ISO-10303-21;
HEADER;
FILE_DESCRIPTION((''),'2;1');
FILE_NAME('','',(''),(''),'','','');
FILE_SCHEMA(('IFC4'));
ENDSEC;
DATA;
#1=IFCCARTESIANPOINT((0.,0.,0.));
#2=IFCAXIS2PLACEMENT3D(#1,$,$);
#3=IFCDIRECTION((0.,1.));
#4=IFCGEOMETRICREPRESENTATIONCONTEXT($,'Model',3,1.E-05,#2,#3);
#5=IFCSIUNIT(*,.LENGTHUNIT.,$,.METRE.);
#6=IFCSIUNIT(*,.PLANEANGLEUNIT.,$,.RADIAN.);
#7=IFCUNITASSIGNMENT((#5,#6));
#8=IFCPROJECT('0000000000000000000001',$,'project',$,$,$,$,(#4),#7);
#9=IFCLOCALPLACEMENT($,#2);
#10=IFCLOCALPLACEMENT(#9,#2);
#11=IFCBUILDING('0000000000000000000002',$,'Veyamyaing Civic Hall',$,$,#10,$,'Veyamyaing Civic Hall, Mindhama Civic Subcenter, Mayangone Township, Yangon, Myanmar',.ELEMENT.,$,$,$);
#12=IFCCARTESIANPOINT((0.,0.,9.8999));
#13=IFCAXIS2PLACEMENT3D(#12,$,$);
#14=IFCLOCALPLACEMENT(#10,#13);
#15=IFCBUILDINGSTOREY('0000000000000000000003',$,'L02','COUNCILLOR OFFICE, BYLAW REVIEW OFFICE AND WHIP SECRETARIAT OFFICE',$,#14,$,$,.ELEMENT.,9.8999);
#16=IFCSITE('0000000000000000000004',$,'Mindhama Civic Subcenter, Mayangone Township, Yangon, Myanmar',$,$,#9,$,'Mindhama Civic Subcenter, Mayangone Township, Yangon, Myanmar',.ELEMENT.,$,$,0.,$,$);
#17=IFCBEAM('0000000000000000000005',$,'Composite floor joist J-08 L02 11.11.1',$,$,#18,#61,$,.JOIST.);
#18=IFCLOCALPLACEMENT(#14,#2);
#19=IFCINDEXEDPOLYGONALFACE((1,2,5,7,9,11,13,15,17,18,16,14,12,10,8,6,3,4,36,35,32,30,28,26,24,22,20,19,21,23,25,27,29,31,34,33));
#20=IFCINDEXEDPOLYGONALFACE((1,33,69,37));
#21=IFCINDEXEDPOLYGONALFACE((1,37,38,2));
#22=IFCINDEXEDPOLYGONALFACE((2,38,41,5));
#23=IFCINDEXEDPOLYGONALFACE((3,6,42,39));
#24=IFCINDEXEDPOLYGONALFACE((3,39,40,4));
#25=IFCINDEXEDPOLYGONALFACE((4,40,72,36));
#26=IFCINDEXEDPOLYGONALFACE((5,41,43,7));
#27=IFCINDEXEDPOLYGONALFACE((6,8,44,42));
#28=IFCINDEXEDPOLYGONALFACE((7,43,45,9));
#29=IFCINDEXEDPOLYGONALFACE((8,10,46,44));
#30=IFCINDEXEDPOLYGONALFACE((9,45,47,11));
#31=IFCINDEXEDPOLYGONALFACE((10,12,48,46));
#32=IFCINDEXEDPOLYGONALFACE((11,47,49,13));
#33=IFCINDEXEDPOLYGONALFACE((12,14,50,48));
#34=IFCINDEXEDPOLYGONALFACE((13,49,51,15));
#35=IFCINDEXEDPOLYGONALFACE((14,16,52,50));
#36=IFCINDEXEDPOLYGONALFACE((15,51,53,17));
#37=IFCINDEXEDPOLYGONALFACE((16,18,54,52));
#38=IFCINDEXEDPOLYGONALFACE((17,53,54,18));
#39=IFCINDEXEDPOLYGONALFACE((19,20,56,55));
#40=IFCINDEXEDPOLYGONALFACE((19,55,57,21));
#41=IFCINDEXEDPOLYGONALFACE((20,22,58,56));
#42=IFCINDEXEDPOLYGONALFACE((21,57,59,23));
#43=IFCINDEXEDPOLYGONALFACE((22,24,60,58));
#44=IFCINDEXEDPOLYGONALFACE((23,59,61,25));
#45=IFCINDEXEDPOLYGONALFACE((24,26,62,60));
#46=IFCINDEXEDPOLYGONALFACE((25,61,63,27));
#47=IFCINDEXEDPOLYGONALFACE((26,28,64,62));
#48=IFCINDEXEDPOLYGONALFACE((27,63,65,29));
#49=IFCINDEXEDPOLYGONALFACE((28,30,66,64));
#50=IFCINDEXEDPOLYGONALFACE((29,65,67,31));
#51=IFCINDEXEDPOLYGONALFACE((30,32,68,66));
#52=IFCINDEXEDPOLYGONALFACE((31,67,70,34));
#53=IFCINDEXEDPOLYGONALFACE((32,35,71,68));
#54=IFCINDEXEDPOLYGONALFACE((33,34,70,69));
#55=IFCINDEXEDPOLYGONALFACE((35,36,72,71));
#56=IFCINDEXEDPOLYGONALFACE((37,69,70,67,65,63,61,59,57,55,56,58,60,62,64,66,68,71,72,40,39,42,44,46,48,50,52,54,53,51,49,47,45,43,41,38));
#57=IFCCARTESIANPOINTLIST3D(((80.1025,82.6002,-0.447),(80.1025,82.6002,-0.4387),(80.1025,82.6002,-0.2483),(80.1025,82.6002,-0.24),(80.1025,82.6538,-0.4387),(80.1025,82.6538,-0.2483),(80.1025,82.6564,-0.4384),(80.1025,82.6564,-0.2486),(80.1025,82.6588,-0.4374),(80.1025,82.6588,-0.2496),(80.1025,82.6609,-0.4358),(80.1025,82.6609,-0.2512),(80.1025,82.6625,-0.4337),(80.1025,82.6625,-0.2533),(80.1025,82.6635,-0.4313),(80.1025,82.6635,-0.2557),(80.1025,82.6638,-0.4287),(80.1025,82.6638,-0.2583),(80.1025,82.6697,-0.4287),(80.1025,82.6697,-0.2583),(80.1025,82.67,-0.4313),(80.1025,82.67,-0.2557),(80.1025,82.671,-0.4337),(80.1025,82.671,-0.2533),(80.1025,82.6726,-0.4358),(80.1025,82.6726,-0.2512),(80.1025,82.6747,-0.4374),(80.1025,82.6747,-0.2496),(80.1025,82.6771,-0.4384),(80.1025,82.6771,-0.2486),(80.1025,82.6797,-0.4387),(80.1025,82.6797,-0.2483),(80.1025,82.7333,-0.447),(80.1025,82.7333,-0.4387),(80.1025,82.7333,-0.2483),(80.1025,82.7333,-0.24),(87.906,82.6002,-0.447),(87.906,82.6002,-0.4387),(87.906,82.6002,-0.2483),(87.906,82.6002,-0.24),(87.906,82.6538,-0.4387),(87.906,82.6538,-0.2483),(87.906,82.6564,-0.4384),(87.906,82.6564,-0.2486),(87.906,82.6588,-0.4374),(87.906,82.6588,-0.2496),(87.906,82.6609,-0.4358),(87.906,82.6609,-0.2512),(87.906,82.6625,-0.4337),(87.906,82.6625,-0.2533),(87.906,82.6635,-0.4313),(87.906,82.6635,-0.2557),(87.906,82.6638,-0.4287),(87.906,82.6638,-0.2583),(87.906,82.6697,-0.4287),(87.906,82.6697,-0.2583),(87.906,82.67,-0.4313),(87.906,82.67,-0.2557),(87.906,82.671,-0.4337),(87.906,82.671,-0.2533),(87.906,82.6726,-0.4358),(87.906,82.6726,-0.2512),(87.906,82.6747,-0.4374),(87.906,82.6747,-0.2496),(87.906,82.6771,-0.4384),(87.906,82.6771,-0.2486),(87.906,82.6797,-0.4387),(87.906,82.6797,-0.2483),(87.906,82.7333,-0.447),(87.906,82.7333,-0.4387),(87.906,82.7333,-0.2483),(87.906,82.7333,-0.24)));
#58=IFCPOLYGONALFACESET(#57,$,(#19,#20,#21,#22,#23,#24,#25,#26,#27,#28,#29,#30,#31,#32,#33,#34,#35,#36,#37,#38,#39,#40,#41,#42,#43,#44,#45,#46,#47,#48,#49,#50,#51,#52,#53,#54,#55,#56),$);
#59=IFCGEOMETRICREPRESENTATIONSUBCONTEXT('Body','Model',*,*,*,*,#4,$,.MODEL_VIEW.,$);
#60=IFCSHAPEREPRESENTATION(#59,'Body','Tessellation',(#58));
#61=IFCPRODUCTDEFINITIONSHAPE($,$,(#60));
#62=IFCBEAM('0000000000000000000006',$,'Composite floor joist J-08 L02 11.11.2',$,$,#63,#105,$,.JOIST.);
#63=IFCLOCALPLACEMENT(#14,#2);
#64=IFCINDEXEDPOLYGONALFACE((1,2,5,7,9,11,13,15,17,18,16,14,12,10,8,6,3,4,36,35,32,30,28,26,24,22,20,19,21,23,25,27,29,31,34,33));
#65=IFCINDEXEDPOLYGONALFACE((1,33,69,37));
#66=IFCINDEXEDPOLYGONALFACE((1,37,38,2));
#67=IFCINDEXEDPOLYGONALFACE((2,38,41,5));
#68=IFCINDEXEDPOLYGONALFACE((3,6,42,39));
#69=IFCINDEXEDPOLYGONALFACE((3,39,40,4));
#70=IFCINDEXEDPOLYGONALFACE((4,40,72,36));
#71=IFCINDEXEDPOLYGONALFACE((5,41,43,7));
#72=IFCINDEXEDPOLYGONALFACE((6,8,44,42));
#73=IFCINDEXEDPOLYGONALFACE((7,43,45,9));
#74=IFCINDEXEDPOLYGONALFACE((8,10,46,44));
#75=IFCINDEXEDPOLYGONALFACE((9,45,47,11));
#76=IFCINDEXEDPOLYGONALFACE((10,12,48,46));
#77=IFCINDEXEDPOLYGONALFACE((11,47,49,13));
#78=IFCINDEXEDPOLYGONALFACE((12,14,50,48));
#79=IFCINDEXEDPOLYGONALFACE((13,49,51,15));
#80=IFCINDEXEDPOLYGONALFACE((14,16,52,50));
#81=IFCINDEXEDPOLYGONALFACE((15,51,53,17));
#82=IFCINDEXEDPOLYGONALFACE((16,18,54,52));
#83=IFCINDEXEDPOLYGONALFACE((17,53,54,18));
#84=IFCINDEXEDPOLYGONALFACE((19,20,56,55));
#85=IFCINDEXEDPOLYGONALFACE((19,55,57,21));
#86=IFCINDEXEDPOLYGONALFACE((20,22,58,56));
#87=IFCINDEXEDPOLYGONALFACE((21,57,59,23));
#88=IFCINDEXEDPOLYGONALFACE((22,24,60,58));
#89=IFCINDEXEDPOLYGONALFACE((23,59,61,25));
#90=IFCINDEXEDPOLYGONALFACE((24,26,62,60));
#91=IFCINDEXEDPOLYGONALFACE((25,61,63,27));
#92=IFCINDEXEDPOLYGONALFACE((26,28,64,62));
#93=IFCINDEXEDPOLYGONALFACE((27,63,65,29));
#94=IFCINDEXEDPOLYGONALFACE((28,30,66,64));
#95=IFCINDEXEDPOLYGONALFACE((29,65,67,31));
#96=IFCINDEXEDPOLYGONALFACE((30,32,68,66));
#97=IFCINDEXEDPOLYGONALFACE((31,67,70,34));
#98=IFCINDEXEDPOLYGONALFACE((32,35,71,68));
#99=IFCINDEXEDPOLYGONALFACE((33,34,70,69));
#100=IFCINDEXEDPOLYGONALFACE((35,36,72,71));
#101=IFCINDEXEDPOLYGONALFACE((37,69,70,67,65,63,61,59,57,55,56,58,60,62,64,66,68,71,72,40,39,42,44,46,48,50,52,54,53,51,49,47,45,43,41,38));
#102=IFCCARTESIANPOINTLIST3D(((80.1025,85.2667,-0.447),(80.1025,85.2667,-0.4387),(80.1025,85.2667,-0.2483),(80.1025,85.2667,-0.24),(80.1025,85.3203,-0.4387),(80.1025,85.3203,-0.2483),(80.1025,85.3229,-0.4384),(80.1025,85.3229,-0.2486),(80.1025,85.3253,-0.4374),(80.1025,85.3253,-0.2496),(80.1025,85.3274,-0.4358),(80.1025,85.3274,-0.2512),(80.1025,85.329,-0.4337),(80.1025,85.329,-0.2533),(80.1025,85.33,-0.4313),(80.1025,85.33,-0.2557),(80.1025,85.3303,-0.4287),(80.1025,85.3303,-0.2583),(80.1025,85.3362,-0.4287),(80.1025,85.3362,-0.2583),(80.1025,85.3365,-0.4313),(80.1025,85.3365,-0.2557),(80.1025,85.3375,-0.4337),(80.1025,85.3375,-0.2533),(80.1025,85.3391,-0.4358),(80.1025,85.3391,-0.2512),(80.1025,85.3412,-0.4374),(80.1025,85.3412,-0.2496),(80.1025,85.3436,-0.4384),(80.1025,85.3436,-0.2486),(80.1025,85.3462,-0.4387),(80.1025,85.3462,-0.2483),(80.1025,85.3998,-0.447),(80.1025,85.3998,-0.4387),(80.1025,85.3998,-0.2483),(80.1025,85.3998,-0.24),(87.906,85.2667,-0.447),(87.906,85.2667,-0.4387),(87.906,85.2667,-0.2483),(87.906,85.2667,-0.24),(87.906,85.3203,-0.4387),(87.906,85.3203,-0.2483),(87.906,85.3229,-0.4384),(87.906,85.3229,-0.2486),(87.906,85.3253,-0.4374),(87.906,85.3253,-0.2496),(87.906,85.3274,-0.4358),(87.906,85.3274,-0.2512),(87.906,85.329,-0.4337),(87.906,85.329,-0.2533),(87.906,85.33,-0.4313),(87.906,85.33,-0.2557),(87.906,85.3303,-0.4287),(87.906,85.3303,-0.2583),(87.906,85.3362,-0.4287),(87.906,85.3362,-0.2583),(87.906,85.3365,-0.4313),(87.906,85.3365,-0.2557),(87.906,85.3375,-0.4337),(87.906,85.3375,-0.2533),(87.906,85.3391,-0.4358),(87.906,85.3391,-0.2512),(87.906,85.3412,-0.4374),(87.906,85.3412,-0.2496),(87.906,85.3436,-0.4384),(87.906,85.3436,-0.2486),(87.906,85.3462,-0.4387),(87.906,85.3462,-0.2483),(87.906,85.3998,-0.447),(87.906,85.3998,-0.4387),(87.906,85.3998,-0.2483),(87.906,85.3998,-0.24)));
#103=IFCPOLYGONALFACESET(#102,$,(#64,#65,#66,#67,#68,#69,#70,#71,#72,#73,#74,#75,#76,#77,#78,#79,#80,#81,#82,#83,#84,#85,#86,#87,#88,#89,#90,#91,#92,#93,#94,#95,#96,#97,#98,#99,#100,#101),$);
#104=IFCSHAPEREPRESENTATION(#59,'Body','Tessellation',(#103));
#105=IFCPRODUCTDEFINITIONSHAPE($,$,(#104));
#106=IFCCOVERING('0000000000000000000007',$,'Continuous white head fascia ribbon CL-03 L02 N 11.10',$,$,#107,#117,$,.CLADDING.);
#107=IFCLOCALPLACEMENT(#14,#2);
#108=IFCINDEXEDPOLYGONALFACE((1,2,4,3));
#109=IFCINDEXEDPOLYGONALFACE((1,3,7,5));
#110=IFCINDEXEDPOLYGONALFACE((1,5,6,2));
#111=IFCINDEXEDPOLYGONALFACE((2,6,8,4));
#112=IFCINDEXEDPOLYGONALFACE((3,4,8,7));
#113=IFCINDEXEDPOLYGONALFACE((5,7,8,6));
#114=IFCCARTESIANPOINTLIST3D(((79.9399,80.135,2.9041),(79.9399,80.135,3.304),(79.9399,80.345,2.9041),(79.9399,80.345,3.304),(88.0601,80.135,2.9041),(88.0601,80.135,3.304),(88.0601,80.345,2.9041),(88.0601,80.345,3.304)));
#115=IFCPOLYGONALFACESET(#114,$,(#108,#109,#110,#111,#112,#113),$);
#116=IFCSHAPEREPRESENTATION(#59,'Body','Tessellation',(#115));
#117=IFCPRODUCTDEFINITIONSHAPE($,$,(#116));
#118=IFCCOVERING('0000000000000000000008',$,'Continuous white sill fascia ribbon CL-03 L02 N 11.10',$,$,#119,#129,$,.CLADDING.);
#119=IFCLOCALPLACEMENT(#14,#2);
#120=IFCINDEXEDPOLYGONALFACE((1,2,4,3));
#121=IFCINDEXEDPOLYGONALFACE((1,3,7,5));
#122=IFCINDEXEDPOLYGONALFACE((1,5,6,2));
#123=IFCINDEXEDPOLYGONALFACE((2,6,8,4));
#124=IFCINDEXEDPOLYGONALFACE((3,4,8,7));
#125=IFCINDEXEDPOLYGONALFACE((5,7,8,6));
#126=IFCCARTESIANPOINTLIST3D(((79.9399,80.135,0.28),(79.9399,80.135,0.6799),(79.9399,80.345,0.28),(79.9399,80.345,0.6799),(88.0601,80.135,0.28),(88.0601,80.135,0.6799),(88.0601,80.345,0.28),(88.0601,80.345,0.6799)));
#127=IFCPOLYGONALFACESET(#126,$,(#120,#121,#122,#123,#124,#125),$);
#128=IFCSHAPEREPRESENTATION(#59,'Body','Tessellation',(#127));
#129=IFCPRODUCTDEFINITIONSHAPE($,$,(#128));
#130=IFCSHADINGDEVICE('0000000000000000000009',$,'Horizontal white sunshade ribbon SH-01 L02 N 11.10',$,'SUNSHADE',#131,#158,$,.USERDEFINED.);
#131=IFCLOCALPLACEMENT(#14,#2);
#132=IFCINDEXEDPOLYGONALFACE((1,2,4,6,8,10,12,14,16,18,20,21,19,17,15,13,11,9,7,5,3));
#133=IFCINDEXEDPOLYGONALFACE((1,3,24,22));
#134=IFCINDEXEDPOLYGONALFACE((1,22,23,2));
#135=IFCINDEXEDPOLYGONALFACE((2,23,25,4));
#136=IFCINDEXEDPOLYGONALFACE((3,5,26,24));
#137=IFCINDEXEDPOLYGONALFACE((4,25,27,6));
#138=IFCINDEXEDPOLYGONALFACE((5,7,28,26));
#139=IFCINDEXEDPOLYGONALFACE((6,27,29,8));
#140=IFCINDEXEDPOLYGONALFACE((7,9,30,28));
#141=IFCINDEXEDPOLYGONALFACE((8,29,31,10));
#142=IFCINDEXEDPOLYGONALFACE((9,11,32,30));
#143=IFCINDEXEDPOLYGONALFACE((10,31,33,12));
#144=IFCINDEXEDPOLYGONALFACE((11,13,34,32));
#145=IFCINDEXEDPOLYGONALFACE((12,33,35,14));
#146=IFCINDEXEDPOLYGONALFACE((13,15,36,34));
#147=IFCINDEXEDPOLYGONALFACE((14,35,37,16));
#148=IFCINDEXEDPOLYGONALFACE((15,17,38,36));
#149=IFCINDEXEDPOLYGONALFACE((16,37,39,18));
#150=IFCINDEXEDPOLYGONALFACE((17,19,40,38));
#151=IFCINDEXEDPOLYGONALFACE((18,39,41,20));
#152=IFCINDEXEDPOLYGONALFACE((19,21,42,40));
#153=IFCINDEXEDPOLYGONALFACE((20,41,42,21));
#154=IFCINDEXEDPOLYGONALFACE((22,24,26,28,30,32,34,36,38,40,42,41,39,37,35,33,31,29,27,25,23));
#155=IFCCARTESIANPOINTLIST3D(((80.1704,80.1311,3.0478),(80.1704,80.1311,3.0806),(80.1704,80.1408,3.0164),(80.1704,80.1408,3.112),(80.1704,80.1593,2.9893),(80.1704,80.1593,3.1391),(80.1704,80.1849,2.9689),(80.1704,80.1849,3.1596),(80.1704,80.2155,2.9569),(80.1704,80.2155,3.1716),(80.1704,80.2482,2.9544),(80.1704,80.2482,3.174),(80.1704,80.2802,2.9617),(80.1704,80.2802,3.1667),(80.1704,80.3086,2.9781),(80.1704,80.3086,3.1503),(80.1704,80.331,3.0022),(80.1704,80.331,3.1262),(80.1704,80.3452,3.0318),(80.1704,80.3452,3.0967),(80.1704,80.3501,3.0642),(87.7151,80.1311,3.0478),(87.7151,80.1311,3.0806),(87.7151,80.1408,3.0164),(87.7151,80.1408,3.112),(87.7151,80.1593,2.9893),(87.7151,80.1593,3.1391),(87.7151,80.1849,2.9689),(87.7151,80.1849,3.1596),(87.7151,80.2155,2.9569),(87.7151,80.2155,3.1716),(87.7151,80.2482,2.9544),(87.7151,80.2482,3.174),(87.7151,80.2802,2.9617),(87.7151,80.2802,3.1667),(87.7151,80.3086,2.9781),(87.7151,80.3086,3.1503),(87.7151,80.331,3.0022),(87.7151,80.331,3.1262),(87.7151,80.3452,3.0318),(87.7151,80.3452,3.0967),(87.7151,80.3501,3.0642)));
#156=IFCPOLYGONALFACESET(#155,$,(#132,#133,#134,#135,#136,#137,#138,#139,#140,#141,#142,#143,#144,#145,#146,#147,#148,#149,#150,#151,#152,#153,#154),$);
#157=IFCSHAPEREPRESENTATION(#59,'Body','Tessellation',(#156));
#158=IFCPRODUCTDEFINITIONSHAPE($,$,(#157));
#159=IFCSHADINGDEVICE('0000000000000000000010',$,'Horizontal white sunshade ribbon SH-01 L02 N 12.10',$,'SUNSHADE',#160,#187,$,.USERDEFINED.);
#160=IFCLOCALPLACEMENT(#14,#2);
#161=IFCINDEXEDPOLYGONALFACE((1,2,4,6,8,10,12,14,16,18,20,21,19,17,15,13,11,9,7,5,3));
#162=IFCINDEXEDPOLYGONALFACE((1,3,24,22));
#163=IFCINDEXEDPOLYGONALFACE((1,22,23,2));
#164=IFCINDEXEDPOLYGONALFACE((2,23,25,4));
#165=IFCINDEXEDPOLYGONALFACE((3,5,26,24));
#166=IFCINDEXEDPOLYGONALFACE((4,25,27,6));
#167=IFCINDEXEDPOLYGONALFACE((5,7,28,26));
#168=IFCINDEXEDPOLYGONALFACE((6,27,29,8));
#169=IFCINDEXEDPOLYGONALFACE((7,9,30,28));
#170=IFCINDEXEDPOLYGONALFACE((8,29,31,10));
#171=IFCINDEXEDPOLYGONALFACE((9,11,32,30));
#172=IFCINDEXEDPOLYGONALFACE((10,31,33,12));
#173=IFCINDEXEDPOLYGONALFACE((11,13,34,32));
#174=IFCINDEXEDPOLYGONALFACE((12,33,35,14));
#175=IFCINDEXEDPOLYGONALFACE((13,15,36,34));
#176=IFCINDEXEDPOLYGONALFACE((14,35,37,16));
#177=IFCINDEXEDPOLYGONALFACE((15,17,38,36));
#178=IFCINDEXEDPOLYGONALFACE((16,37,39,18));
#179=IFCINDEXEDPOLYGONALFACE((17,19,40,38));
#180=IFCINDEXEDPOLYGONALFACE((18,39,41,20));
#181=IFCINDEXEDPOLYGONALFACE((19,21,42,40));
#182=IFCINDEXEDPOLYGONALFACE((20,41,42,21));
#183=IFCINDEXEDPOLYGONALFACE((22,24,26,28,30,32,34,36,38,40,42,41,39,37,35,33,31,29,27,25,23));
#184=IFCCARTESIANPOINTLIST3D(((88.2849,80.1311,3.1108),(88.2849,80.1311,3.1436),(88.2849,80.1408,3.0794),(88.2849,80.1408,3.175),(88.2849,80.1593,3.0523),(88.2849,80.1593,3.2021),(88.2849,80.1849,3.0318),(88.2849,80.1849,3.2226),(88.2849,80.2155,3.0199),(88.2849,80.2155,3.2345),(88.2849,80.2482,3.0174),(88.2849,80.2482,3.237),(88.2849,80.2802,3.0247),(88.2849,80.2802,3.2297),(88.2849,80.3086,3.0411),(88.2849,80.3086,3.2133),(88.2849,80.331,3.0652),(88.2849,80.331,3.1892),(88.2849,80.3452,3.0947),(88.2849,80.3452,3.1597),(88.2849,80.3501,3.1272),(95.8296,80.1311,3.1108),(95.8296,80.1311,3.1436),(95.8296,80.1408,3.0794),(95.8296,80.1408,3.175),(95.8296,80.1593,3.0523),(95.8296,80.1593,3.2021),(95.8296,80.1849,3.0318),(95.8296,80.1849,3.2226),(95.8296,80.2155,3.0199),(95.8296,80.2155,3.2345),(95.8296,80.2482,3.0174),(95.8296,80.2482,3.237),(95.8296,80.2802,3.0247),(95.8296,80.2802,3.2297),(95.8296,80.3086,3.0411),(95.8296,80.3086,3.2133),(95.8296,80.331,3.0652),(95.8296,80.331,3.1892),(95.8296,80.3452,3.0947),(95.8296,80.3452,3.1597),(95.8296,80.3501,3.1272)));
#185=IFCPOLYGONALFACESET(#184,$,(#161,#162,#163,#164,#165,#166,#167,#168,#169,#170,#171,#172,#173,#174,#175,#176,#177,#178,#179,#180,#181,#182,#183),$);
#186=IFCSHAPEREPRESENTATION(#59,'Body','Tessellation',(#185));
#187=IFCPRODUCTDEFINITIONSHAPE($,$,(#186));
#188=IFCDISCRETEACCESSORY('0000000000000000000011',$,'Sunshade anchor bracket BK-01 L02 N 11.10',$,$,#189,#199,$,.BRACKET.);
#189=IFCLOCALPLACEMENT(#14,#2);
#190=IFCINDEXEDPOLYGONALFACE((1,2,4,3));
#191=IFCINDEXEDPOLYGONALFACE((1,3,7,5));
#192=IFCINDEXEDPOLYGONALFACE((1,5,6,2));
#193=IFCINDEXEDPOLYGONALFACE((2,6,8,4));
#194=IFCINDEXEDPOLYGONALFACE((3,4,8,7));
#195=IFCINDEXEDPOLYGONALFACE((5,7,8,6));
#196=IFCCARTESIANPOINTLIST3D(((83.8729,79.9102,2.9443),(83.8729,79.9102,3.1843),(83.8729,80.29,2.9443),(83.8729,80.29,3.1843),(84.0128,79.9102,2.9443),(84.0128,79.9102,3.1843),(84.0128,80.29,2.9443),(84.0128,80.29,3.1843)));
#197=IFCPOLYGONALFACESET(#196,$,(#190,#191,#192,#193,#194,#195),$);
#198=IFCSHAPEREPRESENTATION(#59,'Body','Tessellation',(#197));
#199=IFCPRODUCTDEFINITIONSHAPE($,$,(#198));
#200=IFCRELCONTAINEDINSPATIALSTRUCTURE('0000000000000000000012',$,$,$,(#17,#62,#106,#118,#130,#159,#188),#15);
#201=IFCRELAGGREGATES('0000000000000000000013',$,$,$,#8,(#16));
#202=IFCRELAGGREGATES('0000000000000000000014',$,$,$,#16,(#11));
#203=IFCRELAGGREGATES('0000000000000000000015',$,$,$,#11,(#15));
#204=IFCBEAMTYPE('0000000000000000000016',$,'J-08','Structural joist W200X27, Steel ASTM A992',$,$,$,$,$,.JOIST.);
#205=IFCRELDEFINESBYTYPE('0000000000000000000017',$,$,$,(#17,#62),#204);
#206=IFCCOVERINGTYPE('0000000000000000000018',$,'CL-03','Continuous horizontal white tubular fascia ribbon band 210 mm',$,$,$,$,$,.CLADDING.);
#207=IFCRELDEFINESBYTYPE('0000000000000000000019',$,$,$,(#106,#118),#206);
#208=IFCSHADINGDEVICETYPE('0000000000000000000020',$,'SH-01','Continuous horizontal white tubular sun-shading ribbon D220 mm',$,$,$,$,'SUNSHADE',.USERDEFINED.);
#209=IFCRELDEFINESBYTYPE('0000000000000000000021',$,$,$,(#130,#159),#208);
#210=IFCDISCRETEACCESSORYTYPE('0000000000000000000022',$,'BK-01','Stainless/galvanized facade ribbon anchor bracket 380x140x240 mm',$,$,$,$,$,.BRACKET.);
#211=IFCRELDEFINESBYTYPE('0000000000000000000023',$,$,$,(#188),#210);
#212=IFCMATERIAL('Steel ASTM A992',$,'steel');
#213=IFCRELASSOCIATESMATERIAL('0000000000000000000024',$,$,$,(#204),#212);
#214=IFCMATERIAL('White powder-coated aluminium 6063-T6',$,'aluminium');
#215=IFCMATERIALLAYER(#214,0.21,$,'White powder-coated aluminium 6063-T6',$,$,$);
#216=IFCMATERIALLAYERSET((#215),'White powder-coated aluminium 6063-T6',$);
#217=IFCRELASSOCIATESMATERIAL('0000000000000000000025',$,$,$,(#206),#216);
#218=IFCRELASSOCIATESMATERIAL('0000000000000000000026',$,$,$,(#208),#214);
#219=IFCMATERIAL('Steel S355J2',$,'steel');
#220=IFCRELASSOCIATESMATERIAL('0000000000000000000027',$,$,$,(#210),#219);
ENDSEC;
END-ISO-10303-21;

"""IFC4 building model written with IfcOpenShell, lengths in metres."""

from ifc_helpers import new_model, si_unit, direction, frame, origin, origin_2d, place, context, subcontext, project, spatial, rectangle, circle, i_section, extrude, material, layer, layer_set, material_profile, profile_set, type_object, element, save


model = new_model("IFC4")

# Units and contexts
model_context = context("Model", 3, precision=1e-05, world=origin(), true_north=direction((0.0, 1.0)))
body_context = subcontext(model_context, "Body", "Model", "MODEL_VIEW")
ifc_project = project(units=[si_unit("LENGTHUNIT", "METRE"), si_unit("PLANEANGLEUNIT", "RADIAN")], contexts=[model_context])

# Site, building, storey
site_placement = place(None, origin())
site = spatial("IfcSite", under=ifc_project, at=site_placement, Name="Mindhama Civic Subcenter, Mayangone Township, Yangon, Myanmar", LongName="Mindhama Civic Subcenter, Mayangone Township, Yangon, Myanmar", CompositionType="ELEMENT", RefElevation=0.0)
building_placement = place(site_placement, origin())
building = spatial("IfcBuilding", under=site, at=building_placement, Name="Veyamyaing Civic Hall", LongName="Veyamyaing Civic Hall, Mindhama Civic Subcenter, Mayangone Township, Yangon, Myanmar", CompositionType="ELEMENT")
storey_placement = place(building_placement, frame((0.0, 0.0, 9.8999)))
storey = spatial("IfcBuildingStorey", under=building, at=storey_placement, Name="L02", Description="COUNCILLOR OFFICE, BYLAW REVIEW OFFICE AND WHIP SECRETARIAT OFFICE", CompositionType="ELEMENT", Elevation=9.8999)

# Beams
ifc_material_1 = material(Name="Steel ASTM A992", Category="steel")
ifc_material_profile_1 = material_profile(ifc_material_1, i_section(OverallWidth=0.1331, OverallDepth=0.207, WebThickness=0.0059, FlangeThickness=0.0083, FilletRadius=0.01, at=origin_2d()), Name="W200X27")
ifc_profile_set_1 = profile_set([ifc_material_profile_1], Name="Steel ASTM A992")
beam_type_1 = type_object("IfcBeamType", Name="J-08", Description="Structural joist W200X27, Steel ASTM A992", PredefinedType="JOIST", material=ifc_profile_set_1)
for number, where, z_axis, x_axis, name in (
    (1, (80.1025, 82.6667, -0.3435), (1.0, 0.0, 0.0), (0.0, 1.0, 0.0), "Composite floor joist J-08 L02 11.11.1"),
    (2, (80.1025, 85.3333, -0.3435), (1.0, 0.0, 0.0), (0.0, 1.0, 0.0), "Composite floor joist J-08 L02 11.11.2"),
):
    element("IfcBeam", number, at=place(storey_placement, frame(where, z_axis=z_axis, x_axis=x_axis)), inside=storey, type_object=beam_type_1, Name=name, PredefinedType="JOIST", context=body_context, shape_type="SweptSolid", body=[
        extrude(i_section(OverallWidth=0.1331, OverallDepth=0.207, WebThickness=0.0059, FlangeThickness=0.0083, FilletRadius=0.01, at=origin_2d()), origin(), (0.0, 0.0, 1.0), 7.8035),
    ])

# Coverings
ifc_material_2 = material(Name="White powder-coated aluminium 6063-T6", Category="aluminium")
ifc_layer = layer(ifc_material_2, 0.21, Name="White powder-coated aluminium 6063-T6")
ifc_layer_set = layer_set([ifc_layer], Name="White powder-coated aluminium 6063-T6")
covering_type = type_object("IfcCoveringType", Name="CL-03", Description="Continuous horizontal white tubular fascia ribbon band 210 mm", PredefinedType="CLADDING", material=ifc_layer_set)
for number, where, z_axis, x_axis, name in (
    (3, (84.0, 80.24, 2.9041), (0.0, 0.0, 1.0), (1.0, 0.0, 0.0), "Continuous white head fascia ribbon CL-03 L02 N 11.10"),
    (4, (84.0, 80.24, 0.28), (0.0, 0.0, 1.0), (1.0, 0.0, 0.0), "Continuous white sill fascia ribbon CL-03 L02 N 11.10"),
):
    element("IfcCovering", number, at=place(storey_placement, frame(where, z_axis=z_axis, x_axis=x_axis)), inside=storey, type_object=covering_type, Name=name, PredefinedType="CLADDING", context=body_context, shape_type="SweptSolid", body=[
        extrude(rectangle(XDim=8.1201, YDim=0.21, at=origin_2d()), origin(), (0.0, 0.0, 1.0), 0.3999),
    ])

# Shading devices
ifc_material_profile_2 = material_profile(ifc_material_2, circle(Radius=0.1101, at=origin_2d()), Name="SHADE-TUBE-220")
ifc_profile_set_2 = profile_set([ifc_material_profile_2], Name="White powder-coated aluminium 6063-T6")
shading_device_type = type_object("IfcShadingDeviceType", Name="SH-01", Description="Continuous horizontal white tubular sun-shading ribbon D220 mm", ElementType="SUNSHADE", PredefinedType="USERDEFINED", material=ifc_profile_set_2)
for number, where, z_axis, x_axis, name in (
    (5, (80.1704, 80.24, 3.0642), (1.0, 0.0, 0.0), (0.0, 1.0, 0.0), "Horizontal white sunshade ribbon SH-01 L02 N 11.10"),
    (6, (88.2849, 80.24, 3.1272), (1.0, 0.0, 0.0), (0.0, 1.0, 0.0), "Horizontal white sunshade ribbon SH-01 L02 N 12.10"),
):
    element("IfcShadingDevice", number, at=place(storey_placement, frame(where, z_axis=z_axis, x_axis=x_axis)), inside=storey, type_object=shading_device_type, Name=name, ObjectType="SUNSHADE", PredefinedType="USERDEFINED", context=body_context, shape_type="SweptSolid", body=[
        extrude(circle(Radius=0.1101, at=origin_2d()), origin(), (0.0, 0.0, 1.0), 7.5447),
    ])

# Discrete accessory
ifc_material_3 = material(Name="Steel S355J2", Category="steel")
discrete_accessory_type = type_object("IfcDiscreteAccessoryType", Name="BK-01", Description="Stainless/galvanized facade ribbon anchor bracket 380x140x240 mm", PredefinedType="BRACKET", material=ifc_material_3)
for number, where, z_axis, x_axis, name in (
    (7, (83.9429, 80.1001, 2.9443), (0.0, 0.0, 1.0), (0.0, 1.0, 0.0), "Sunshade anchor bracket BK-01 L02 N 11.10"),
):
    element("IfcDiscreteAccessory", number, at=place(storey_placement, frame(where, z_axis=z_axis, x_axis=x_axis)), inside=storey, type_object=discrete_accessory_type, Name=name, PredefinedType="BRACKET", context=body_context, shape_type="SweptSolid", body=[
        extrude(rectangle(XDim=0.3799, YDim=0.1399, at=origin_2d()), origin(), (0.0, 0.0, 1.0), 0.24),
    ])

save(model, "model.ifc")
